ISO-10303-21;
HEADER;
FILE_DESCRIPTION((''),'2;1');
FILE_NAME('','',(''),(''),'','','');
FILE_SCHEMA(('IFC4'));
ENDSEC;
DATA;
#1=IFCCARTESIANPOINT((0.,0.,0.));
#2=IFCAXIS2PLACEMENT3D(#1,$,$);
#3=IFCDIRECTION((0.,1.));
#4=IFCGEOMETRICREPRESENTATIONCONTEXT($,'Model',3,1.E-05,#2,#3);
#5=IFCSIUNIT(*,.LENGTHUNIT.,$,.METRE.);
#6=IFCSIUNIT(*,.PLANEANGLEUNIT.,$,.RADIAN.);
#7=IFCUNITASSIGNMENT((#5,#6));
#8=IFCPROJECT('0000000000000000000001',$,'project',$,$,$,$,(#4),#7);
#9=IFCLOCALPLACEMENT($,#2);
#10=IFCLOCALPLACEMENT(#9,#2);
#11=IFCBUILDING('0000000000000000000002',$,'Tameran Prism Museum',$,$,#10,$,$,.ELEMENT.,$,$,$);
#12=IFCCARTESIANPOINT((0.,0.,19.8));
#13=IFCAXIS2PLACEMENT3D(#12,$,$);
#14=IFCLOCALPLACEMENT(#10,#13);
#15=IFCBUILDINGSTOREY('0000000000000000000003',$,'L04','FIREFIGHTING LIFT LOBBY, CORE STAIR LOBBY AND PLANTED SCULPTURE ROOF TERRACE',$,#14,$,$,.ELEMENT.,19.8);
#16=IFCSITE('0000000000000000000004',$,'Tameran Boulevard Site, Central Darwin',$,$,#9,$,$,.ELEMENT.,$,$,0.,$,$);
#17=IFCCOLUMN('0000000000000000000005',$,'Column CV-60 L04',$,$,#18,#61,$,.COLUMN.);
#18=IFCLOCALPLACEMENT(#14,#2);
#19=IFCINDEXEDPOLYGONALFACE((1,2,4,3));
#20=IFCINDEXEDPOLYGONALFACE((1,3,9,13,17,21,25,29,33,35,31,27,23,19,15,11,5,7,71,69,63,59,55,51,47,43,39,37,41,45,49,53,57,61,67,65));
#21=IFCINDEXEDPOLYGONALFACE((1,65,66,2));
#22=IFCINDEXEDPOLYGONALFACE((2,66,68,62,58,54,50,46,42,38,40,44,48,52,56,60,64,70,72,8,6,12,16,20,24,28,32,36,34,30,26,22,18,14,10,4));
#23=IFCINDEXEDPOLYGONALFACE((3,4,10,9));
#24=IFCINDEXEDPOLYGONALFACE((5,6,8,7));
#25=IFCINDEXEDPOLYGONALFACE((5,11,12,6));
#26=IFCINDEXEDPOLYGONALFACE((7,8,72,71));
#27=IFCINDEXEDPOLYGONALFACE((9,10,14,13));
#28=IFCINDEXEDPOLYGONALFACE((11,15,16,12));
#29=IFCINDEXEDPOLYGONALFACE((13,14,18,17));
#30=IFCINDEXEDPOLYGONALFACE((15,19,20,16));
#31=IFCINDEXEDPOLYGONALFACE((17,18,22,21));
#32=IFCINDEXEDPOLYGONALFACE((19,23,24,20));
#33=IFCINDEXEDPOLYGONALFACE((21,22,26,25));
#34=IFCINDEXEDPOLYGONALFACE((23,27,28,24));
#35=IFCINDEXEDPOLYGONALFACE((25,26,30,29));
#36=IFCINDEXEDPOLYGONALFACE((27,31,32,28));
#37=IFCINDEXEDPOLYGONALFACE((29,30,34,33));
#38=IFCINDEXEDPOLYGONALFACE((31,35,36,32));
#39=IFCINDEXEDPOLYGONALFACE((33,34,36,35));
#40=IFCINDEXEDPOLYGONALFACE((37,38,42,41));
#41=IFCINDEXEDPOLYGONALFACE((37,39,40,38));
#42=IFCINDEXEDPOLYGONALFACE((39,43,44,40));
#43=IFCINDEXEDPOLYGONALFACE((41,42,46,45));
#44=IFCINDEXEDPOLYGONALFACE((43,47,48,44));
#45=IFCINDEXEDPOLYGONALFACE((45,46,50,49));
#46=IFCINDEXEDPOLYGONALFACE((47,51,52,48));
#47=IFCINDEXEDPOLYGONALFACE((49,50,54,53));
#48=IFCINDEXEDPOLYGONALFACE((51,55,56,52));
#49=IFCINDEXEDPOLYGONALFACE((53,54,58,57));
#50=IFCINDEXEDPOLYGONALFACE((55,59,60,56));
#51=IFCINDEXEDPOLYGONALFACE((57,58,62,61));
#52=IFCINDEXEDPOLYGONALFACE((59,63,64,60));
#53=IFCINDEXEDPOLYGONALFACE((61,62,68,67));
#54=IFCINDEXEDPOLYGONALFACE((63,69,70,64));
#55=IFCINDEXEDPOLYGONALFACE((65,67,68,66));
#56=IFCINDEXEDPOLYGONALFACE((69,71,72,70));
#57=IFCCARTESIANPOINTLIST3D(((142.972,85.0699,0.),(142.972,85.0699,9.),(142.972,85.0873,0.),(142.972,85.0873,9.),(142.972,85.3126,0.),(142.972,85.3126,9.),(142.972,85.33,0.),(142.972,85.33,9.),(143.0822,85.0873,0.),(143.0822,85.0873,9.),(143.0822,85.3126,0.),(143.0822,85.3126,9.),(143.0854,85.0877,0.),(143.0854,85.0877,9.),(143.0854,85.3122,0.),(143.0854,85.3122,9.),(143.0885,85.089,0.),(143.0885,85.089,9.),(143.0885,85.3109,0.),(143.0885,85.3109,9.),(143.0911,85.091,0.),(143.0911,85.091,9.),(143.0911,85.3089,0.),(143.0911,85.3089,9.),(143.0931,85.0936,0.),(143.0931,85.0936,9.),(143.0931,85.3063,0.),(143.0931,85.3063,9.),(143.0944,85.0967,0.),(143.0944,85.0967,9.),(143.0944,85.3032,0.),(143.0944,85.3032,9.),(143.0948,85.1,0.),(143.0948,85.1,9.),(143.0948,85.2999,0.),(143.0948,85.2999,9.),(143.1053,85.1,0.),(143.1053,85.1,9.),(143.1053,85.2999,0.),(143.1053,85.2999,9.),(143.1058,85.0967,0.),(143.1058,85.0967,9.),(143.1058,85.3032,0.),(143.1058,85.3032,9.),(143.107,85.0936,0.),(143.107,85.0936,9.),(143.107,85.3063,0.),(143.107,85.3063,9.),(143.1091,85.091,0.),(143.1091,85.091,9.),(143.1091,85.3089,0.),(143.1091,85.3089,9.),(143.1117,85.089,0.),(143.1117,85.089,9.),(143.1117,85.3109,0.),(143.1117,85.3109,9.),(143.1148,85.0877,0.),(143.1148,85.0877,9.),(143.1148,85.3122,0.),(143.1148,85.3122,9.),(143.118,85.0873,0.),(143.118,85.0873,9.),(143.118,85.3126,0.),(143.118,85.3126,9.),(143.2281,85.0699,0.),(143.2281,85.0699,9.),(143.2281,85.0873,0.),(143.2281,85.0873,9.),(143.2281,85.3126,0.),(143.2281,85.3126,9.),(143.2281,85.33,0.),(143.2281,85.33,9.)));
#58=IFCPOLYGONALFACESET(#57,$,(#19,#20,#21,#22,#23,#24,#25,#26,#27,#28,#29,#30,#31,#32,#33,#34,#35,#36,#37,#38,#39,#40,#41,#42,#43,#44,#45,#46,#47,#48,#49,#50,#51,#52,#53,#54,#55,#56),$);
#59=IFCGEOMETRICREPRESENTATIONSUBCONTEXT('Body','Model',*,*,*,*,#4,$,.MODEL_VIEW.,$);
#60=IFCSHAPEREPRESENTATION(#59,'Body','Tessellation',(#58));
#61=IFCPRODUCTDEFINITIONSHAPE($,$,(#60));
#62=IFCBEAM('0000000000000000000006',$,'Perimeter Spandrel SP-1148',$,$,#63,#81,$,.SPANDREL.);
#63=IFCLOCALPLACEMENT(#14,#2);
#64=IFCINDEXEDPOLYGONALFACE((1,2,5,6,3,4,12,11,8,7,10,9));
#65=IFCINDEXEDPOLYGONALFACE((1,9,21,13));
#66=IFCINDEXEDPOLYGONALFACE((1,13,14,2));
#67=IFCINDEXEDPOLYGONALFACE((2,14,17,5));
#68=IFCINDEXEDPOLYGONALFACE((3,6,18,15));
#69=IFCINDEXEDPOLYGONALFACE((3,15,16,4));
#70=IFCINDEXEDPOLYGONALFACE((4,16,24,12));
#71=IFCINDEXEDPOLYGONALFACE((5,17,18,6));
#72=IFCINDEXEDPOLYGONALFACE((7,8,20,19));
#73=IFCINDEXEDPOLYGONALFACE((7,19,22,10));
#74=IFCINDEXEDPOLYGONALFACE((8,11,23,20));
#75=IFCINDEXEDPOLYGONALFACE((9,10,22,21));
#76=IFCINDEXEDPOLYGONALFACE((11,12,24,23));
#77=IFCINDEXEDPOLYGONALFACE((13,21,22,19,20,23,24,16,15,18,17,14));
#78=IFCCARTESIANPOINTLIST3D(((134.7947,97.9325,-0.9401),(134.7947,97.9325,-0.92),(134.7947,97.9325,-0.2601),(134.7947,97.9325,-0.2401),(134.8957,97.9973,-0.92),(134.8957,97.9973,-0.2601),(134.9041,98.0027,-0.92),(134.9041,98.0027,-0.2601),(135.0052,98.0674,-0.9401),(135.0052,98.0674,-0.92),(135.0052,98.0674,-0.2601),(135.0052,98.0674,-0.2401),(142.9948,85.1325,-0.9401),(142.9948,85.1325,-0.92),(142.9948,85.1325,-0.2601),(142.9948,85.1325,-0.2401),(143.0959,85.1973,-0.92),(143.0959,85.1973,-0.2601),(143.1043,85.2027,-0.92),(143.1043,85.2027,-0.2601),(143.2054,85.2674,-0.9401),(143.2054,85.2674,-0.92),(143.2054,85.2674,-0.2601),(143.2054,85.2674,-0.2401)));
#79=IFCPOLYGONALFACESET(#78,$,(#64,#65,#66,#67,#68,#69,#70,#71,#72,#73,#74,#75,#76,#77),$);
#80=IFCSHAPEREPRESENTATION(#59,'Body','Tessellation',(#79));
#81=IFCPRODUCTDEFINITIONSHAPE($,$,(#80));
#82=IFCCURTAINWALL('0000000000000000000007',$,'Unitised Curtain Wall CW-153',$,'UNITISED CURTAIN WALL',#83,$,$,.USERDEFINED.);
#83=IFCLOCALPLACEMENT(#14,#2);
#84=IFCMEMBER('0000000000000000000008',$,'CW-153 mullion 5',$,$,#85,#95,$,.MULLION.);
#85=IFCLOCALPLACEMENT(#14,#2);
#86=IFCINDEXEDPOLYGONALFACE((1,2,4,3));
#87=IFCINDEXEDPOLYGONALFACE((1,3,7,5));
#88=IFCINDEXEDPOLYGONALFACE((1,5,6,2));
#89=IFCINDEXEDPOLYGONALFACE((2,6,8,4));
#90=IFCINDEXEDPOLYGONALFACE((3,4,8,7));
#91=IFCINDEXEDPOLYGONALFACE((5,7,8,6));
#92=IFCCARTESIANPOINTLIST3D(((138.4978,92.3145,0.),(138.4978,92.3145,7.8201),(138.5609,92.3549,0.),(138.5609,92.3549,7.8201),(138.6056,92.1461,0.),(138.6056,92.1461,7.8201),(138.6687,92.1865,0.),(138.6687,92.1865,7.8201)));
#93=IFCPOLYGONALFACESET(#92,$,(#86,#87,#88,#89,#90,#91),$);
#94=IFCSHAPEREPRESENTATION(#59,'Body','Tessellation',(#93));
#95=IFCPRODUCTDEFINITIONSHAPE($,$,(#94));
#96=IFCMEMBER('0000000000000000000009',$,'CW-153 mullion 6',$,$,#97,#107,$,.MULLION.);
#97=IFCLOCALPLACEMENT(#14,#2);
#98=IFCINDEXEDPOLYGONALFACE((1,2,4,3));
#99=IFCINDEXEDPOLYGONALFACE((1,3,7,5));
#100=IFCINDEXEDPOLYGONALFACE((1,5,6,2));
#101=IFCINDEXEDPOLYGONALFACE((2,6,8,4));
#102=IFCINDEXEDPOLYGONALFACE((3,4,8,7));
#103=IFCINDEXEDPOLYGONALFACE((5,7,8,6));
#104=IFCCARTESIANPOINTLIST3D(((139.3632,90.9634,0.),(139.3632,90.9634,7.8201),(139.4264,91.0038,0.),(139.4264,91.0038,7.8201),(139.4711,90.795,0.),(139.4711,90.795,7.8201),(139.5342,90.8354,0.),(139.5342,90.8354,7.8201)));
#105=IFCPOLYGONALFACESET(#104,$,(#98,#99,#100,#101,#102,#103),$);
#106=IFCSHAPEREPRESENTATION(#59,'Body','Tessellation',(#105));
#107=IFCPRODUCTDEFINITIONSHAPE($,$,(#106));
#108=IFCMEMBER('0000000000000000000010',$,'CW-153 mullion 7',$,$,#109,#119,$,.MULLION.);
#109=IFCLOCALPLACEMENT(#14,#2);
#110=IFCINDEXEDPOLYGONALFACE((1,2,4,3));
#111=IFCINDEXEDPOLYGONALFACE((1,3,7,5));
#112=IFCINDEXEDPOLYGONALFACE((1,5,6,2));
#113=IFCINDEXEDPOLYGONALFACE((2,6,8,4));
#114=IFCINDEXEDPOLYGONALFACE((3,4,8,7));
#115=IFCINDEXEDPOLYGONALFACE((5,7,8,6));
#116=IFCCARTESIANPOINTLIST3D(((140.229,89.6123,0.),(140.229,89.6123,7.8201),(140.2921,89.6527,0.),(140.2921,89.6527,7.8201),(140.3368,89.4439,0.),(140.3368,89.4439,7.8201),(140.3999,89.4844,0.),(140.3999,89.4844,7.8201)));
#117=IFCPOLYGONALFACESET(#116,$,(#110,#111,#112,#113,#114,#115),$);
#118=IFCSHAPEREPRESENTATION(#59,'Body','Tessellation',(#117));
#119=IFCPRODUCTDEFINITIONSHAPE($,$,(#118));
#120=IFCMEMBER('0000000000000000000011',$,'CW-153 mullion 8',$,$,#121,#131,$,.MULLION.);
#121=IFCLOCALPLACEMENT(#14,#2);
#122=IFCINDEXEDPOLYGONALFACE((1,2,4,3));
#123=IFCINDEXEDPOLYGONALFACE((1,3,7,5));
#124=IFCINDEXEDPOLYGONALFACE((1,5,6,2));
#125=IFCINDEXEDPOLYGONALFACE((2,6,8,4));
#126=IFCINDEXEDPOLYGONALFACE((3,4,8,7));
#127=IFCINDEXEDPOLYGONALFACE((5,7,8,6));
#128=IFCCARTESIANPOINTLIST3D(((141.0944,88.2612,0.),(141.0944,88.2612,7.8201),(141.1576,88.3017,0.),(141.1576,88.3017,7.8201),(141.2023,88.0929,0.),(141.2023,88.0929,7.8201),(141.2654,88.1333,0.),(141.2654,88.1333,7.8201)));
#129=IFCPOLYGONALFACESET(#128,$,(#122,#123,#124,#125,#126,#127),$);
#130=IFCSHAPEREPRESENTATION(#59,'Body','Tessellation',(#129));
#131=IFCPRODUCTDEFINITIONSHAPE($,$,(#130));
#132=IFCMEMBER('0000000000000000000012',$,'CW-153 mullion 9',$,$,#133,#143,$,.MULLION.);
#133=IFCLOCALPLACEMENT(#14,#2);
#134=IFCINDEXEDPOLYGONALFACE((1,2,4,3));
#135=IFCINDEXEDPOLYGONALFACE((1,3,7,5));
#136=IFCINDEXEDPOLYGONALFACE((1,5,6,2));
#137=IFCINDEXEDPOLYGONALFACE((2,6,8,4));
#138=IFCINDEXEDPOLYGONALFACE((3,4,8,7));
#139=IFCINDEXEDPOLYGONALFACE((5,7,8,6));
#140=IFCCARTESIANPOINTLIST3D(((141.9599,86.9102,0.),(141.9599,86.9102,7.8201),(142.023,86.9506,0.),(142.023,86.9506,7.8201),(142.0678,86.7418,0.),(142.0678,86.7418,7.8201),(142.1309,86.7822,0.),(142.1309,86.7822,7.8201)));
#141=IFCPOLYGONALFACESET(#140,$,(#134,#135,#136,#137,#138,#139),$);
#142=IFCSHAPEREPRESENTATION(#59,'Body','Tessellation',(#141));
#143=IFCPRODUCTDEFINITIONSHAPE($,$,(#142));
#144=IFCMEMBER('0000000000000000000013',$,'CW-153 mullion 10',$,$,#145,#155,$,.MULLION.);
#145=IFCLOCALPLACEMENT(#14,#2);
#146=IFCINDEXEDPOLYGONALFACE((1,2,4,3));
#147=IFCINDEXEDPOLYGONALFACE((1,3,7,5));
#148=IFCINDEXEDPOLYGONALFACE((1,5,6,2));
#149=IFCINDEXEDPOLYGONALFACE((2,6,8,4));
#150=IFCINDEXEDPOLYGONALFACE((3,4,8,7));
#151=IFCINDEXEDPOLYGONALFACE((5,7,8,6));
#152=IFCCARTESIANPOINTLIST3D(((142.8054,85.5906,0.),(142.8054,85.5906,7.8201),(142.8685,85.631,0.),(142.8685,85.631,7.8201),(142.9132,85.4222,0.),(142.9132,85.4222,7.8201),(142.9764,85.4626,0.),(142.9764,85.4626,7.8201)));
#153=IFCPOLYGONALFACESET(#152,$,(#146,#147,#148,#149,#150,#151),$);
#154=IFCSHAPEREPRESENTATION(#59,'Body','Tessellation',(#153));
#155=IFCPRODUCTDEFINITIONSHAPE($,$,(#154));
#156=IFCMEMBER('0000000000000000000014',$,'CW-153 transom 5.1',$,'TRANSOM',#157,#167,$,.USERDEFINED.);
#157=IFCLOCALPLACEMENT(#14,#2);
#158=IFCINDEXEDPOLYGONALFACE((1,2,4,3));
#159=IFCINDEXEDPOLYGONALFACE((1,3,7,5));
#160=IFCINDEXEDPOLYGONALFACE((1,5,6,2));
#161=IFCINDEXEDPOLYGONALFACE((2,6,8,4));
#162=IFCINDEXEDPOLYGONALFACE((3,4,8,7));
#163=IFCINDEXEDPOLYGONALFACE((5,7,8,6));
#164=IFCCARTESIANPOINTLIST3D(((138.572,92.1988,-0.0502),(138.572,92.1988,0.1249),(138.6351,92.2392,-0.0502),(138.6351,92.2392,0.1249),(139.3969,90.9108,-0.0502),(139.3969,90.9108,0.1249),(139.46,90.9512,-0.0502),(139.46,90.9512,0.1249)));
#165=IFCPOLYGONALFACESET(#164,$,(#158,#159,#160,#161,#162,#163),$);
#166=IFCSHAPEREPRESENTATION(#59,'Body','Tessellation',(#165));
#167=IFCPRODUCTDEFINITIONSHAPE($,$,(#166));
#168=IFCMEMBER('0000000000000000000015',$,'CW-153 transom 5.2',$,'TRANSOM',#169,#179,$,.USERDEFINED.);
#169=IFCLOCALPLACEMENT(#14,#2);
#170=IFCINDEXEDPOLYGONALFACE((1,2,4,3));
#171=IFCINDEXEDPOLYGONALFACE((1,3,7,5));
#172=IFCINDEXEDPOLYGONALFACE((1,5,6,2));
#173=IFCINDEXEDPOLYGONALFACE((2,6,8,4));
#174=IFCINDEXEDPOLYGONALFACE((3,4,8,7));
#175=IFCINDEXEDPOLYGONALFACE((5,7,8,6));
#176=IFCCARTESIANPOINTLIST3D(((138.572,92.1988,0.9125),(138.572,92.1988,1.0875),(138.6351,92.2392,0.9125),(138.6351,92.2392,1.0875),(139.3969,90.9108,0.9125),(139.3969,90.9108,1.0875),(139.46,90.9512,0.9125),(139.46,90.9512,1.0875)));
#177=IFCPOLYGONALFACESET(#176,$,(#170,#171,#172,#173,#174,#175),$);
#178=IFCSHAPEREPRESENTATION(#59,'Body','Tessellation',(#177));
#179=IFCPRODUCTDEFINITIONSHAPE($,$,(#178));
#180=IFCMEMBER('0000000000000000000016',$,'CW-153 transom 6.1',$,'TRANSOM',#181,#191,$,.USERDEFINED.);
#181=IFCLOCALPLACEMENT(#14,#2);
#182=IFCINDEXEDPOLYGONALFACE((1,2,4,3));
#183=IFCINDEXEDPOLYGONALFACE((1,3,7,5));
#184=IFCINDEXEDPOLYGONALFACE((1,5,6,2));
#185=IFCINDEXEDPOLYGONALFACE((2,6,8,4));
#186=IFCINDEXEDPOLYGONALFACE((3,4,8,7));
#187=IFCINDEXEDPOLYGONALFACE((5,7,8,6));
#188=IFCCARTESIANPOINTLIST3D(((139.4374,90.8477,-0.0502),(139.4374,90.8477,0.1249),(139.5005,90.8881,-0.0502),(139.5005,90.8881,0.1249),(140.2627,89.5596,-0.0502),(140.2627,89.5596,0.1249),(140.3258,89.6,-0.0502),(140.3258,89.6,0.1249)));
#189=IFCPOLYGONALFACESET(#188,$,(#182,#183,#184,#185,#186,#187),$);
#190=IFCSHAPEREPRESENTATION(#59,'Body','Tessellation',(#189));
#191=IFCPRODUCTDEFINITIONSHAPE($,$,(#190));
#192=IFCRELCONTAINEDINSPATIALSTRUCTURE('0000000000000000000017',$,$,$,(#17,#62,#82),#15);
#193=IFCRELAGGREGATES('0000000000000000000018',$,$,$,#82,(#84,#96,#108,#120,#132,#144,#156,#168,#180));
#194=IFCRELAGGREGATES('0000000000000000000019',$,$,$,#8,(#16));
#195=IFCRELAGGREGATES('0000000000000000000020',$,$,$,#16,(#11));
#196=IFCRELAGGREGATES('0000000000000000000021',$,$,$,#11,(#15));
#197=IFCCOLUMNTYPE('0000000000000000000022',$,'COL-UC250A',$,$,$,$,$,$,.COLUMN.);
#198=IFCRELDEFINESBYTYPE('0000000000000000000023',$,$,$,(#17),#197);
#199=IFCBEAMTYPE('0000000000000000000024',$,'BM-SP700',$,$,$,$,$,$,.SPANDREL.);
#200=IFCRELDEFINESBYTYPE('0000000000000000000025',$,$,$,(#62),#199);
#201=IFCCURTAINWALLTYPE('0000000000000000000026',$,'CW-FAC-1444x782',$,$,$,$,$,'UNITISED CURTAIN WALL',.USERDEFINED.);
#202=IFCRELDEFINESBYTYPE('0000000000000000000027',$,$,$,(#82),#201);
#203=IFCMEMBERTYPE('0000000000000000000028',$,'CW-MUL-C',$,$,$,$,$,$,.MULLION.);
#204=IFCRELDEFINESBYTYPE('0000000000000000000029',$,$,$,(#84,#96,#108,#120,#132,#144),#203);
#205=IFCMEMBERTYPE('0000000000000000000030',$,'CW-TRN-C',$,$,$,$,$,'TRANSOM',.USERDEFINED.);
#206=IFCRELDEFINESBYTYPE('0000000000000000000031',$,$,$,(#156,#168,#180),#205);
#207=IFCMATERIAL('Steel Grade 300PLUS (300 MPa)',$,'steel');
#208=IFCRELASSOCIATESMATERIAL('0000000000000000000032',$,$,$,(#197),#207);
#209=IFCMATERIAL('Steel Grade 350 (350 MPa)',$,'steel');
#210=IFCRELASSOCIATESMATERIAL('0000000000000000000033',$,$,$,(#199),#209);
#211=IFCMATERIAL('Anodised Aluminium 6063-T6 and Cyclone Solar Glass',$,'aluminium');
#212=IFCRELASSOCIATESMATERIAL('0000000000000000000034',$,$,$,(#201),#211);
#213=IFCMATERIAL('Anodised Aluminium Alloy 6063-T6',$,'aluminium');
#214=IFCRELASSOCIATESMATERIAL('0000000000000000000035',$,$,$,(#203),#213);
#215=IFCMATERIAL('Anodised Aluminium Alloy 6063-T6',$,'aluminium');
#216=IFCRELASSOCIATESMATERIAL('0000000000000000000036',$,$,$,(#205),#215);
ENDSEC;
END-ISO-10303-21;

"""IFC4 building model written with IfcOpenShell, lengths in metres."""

from ifc_helpers import new_model, si_unit, direction, frame, origin, origin_2d, place, context, subcontext, project, spatial, rectangle, i_section, extrude, material, material_profile, profile_set, type_object, element, aggregate, save


model = new_model("IFC4")

# Units and contexts
model_context = context("Model", 3, precision=1e-05, world=origin(), true_north=direction((0.0, 1.0)))
body_context = subcontext(model_context, "Body", "Model", "MODEL_VIEW")
ifc_project = project(units=[si_unit("LENGTHUNIT", "METRE"), si_unit("PLANEANGLEUNIT", "RADIAN")], contexts=[model_context])

# Site, building, storey
site_placement = place(None, origin())
site = spatial("IfcSite", under=ifc_project, at=site_placement, Name="Tameran Boulevard Site, Central Darwin", CompositionType="ELEMENT", RefElevation=0.0)
building_placement = place(site_placement, origin())
building = spatial("IfcBuilding", under=site, at=building_placement, Name="Tameran Prism Museum", CompositionType="ELEMENT")
storey_placement = place(building_placement, frame((0.0, 0.0, 19.8)))
storey = spatial("IfcBuildingStorey", under=building, at=storey_placement, Name="L04", Description="FIREFIGHTING LIFT LOBBY, CORE STAIR LOBBY AND PLANTED SCULPTURE ROOF TERRACE", CompositionType="ELEMENT", Elevation=19.8)

# Column
ifc_material_1 = material(Name="Steel Grade 300PLUS (300 MPa)", Category="steel")
ifc_material_profile_1 = material_profile(ifc_material_1, i_section(OverallWidth=0.2561, OverallDepth=0.26, WebThickness=0.0105, FlangeThickness=0.0173, FilletRadius=0.0127, at=origin_2d()))
ifc_profile_set_1 = profile_set([ifc_material_profile_1])
column_type = type_object("IfcColumnType", Name="COL-UC250A", PredefinedType="COLUMN", material=ifc_profile_set_1)
column_placement = place(storey_placement, frame((143.1001, 85.2, 0.0), z_axis=(0.0, 0.0, 1.0), x_axis=(1.0, 0.0, 0.0)))
element("IfcColumn", 1, at=column_placement, inside=storey, type_object=column_type, Name="Column CV-60 L04", PredefinedType="COLUMN", context=body_context, shape_type="SweptSolid", body=[
    extrude(i_section(OverallWidth=0.2561, OverallDepth=0.26, WebThickness=0.0105, FlangeThickness=0.0173, FilletRadius=0.0127, at=origin_2d()), origin(), (0.0, 0.0, 1.0), 9.0),
])

# Beam
ifc_material_2 = material(Name="Steel Grade 350 (350 MPa)", Category="steel")
ifc_material_profile_2 = material_profile(ifc_material_2, i_section(OverallWidth=0.25, OverallDepth=0.7, WebThickness=0.01, FlangeThickness=0.02, at=origin_2d()))
ifc_profile_set_2 = profile_set([ifc_material_profile_2])
beam_type = type_object("IfcBeamType", Name="BM-SP700", PredefinedType="SPANDREL", material=ifc_profile_set_2)
beam_placement = place(storey_placement, frame((143.1001, 85.2, -0.5901), z_axis=(-0.539435, 0.842027, 0.0), x_axis=(-0.842027, -0.539435, 0.0)))
element("IfcBeam", 2, at=beam_placement, inside=storey, type_object=beam_type, Name="Perimeter Spandrel SP-1148", PredefinedType="SPANDREL", context=body_context, shape_type="SweptSolid", body=[
    extrude(i_section(OverallWidth=0.25, OverallDepth=0.7, WebThickness=0.01, FlangeThickness=0.02, at=origin_2d()), origin(), (0.0, 0.0, 1.0), 15.2014),
])

# Curtain wall, members
ifc_material_3 = material(Name="Anodised Aluminium 6063-T6 and Cyclone Solar Glass", Category="aluminium")
curtain_wall_type = type_object("IfcCurtainWallType", Name="CW-FAC-1444x782", ElementType="UNITISED CURTAIN WALL", PredefinedType="USERDEFINED", material=ifc_material_3)
curtain_wall_placement = place(storey_placement, origin())
curtain_wall = element("IfcCurtainWall", 3, at=curtain_wall_placement, inside=storey, type_object=curtain_wall_type, Name="Unitised Curtain Wall CW-153", ObjectType="UNITISED CURTAIN WALL", PredefinedType="USERDEFINED")
ifc_material_4 = material(Name="Anodised Aluminium Alloy 6063-T6", Category="aluminium")
ifc_material_profile_3 = material_profile(ifc_material_4, rectangle(XDim=0.075, YDim=0.2, at=origin_2d()))
ifc_profile_set_3 = profile_set([ifc_material_profile_3])
member_type_1 = type_object("IfcMemberType", Name="CW-MUL-C", PredefinedType="MULLION", material=ifc_profile_set_3)
member_1_placement = place(storey_placement, frame((138.5833, 92.2505, 0.0), z_axis=(0.0, 0.0, 1.0), x_axis=(0.842032, 0.539427, 0.0)))
member_1 = element("IfcMember", 4, at=member_1_placement, type_object=member_type_1, Name="CW-153 mullion 5", PredefinedType="MULLION", context=body_context, shape_type="SweptSolid", body=[
    extrude(rectangle(XDim=0.075, YDim=0.2, at=origin_2d()), origin(), (0.0, 0.0, 1.0), 7.8201),
])
member_2_placement = place(storey_placement, frame((139.4487, 90.8994, 0.0), z_axis=(0.0, 0.0, 1.0), x_axis=(0.842032, 0.539427, 0.0)))
member_2 = element("IfcMember", 5, at=member_2_placement, type_object=member_type_1, Name="CW-153 mullion 6", PredefinedType="MULLION", context=body_context, shape_type="SweptSolid", body=[
    extrude(rectangle(XDim=0.075, YDim=0.2, at=origin_2d()), origin(), (0.0, 0.0, 1.0), 7.8201),
])
member_3_placement = place(storey_placement, frame((140.3145, 89.5483, 0.0), z_axis=(0.0, 0.0, 1.0), x_axis=(0.842032, 0.539427, 0.0)))
member_3 = element("IfcMember", 6, at=member_3_placement, type_object=member_type_1, Name="CW-153 mullion 7", PredefinedType="MULLION", context=body_context, shape_type="SweptSolid", body=[
    extrude(rectangle(XDim=0.075, YDim=0.2, at=origin_2d()), origin(), (0.0, 0.0, 1.0), 7.8201),
])
member_4_placement = place(storey_placement, frame((141.1799, 88.1973, 0.0), z_axis=(0.0, 0.0, 1.0), x_axis=(0.842032, 0.539427, 0.0)))
member_4 = element("IfcMember", 7, at=member_4_placement, type_object=member_type_1, Name="CW-153 mullion 8", PredefinedType="MULLION", context=body_context, shape_type="SweptSolid", body=[
    extrude(rectangle(XDim=0.075, YDim=0.2, at=origin_2d()), origin(), (0.0, 0.0, 1.0), 7.8201),
])
member_5_placement = place(storey_placement, frame((142.0454, 86.8462, 0.0), z_axis=(0.0, 0.0, 1.0), x_axis=(0.842032, 0.539427, 0.0)))
member_5 = element("IfcMember", 8, at=member_5_placement, type_object=member_type_1, Name="CW-153 mullion 9", PredefinedType="MULLION", context=body_context, shape_type="SweptSolid", body=[
    extrude(rectangle(XDim=0.075, YDim=0.2, at=origin_2d()), origin(), (0.0, 0.0, 1.0), 7.8201),
])
member_6_placement = place(storey_placement, frame((142.8909, 85.5266, 0.0), z_axis=(0.0, 0.0, 1.0), x_axis=(0.842032, 0.539427, 0.0)))
member_6 = element("IfcMember", 9, at=member_6_placement, type_object=member_type_1, Name="CW-153 mullion 10", PredefinedType="MULLION", context=body_context, shape_type="SweptSolid", body=[
    extrude(rectangle(XDim=0.075, YDim=0.2, at=origin_2d()), origin(), (0.0, 0.0, 1.0), 7.8201),
])
ifc_material_5 = material(Name="Anodised Aluminium Alloy 6063-T6", Category="aluminium")
ifc_material_profile_4 = material_profile(ifc_material_5, rectangle(XDim=0.075, YDim=0.175, at=origin_2d()))
ifc_profile_set_4 = profile_set([ifc_material_profile_4])
member_type_2 = type_object("IfcMemberType", Name="CW-TRN-C", ElementType="TRANSOM", PredefinedType="USERDEFINED", material=ifc_profile_set_4)
member_7_placement = place(storey_placement, frame((138.6035, 92.219, 0.0374), z_axis=(0.539321, -0.8421, 0.0), x_axis=(0.8421, 0.539321, 0.0)))
member_7 = element("IfcMember", 10, at=member_7_placement, type_object=member_type_2, Name="CW-153 transom 5.1", ObjectType="TRANSOM", PredefinedType="USERDEFINED", context=body_context, shape_type="SweptSolid", body=[
    extrude(rectangle(XDim=0.075, YDim=0.175, at=origin_2d()), origin(), (0.0, 0.0, 1.0), 1.5295),
])
member_8_placement = place(storey_placement, frame((138.6035, 92.219, 1.0), z_axis=(0.539321, -0.8421, 0.0), x_axis=(0.8421, 0.539321, 0.0)))
member_8 = element("IfcMember", 11, at=member_8_placement, type_object=member_type_2, Name="CW-153 transom 5.2", ObjectType="TRANSOM", PredefinedType="USERDEFINED", context=body_context, shape_type="SweptSolid", body=[
    extrude(rectangle(XDim=0.075, YDim=0.175, at=origin_2d()), origin(), (0.0, 0.0, 1.0), 1.5295),
])
member_9_placement = place(storey_placement, frame((139.469, 90.8679, 0.0374), z_axis=(0.539434, -0.842028, 0.0), x_axis=(0.842028, 0.539434, 0.0)))
member_9 = element("IfcMember", 12, at=member_9_placement, type_object=member_type_2, Name="CW-153 transom 6.1", ObjectType="TRANSOM", PredefinedType="USERDEFINED", context=body_context, shape_type="SweptSolid", body=[
    extrude(rectangle(XDim=0.075, YDim=0.175, at=origin_2d()), origin(), (0.0, 0.0, 1.0), 1.5298),
])

aggregate(curtain_wall, [member_1, member_2, member_3, member_4, member_5, member_6, member_7, member_8, member_9])

save(model, "model.ifc")
